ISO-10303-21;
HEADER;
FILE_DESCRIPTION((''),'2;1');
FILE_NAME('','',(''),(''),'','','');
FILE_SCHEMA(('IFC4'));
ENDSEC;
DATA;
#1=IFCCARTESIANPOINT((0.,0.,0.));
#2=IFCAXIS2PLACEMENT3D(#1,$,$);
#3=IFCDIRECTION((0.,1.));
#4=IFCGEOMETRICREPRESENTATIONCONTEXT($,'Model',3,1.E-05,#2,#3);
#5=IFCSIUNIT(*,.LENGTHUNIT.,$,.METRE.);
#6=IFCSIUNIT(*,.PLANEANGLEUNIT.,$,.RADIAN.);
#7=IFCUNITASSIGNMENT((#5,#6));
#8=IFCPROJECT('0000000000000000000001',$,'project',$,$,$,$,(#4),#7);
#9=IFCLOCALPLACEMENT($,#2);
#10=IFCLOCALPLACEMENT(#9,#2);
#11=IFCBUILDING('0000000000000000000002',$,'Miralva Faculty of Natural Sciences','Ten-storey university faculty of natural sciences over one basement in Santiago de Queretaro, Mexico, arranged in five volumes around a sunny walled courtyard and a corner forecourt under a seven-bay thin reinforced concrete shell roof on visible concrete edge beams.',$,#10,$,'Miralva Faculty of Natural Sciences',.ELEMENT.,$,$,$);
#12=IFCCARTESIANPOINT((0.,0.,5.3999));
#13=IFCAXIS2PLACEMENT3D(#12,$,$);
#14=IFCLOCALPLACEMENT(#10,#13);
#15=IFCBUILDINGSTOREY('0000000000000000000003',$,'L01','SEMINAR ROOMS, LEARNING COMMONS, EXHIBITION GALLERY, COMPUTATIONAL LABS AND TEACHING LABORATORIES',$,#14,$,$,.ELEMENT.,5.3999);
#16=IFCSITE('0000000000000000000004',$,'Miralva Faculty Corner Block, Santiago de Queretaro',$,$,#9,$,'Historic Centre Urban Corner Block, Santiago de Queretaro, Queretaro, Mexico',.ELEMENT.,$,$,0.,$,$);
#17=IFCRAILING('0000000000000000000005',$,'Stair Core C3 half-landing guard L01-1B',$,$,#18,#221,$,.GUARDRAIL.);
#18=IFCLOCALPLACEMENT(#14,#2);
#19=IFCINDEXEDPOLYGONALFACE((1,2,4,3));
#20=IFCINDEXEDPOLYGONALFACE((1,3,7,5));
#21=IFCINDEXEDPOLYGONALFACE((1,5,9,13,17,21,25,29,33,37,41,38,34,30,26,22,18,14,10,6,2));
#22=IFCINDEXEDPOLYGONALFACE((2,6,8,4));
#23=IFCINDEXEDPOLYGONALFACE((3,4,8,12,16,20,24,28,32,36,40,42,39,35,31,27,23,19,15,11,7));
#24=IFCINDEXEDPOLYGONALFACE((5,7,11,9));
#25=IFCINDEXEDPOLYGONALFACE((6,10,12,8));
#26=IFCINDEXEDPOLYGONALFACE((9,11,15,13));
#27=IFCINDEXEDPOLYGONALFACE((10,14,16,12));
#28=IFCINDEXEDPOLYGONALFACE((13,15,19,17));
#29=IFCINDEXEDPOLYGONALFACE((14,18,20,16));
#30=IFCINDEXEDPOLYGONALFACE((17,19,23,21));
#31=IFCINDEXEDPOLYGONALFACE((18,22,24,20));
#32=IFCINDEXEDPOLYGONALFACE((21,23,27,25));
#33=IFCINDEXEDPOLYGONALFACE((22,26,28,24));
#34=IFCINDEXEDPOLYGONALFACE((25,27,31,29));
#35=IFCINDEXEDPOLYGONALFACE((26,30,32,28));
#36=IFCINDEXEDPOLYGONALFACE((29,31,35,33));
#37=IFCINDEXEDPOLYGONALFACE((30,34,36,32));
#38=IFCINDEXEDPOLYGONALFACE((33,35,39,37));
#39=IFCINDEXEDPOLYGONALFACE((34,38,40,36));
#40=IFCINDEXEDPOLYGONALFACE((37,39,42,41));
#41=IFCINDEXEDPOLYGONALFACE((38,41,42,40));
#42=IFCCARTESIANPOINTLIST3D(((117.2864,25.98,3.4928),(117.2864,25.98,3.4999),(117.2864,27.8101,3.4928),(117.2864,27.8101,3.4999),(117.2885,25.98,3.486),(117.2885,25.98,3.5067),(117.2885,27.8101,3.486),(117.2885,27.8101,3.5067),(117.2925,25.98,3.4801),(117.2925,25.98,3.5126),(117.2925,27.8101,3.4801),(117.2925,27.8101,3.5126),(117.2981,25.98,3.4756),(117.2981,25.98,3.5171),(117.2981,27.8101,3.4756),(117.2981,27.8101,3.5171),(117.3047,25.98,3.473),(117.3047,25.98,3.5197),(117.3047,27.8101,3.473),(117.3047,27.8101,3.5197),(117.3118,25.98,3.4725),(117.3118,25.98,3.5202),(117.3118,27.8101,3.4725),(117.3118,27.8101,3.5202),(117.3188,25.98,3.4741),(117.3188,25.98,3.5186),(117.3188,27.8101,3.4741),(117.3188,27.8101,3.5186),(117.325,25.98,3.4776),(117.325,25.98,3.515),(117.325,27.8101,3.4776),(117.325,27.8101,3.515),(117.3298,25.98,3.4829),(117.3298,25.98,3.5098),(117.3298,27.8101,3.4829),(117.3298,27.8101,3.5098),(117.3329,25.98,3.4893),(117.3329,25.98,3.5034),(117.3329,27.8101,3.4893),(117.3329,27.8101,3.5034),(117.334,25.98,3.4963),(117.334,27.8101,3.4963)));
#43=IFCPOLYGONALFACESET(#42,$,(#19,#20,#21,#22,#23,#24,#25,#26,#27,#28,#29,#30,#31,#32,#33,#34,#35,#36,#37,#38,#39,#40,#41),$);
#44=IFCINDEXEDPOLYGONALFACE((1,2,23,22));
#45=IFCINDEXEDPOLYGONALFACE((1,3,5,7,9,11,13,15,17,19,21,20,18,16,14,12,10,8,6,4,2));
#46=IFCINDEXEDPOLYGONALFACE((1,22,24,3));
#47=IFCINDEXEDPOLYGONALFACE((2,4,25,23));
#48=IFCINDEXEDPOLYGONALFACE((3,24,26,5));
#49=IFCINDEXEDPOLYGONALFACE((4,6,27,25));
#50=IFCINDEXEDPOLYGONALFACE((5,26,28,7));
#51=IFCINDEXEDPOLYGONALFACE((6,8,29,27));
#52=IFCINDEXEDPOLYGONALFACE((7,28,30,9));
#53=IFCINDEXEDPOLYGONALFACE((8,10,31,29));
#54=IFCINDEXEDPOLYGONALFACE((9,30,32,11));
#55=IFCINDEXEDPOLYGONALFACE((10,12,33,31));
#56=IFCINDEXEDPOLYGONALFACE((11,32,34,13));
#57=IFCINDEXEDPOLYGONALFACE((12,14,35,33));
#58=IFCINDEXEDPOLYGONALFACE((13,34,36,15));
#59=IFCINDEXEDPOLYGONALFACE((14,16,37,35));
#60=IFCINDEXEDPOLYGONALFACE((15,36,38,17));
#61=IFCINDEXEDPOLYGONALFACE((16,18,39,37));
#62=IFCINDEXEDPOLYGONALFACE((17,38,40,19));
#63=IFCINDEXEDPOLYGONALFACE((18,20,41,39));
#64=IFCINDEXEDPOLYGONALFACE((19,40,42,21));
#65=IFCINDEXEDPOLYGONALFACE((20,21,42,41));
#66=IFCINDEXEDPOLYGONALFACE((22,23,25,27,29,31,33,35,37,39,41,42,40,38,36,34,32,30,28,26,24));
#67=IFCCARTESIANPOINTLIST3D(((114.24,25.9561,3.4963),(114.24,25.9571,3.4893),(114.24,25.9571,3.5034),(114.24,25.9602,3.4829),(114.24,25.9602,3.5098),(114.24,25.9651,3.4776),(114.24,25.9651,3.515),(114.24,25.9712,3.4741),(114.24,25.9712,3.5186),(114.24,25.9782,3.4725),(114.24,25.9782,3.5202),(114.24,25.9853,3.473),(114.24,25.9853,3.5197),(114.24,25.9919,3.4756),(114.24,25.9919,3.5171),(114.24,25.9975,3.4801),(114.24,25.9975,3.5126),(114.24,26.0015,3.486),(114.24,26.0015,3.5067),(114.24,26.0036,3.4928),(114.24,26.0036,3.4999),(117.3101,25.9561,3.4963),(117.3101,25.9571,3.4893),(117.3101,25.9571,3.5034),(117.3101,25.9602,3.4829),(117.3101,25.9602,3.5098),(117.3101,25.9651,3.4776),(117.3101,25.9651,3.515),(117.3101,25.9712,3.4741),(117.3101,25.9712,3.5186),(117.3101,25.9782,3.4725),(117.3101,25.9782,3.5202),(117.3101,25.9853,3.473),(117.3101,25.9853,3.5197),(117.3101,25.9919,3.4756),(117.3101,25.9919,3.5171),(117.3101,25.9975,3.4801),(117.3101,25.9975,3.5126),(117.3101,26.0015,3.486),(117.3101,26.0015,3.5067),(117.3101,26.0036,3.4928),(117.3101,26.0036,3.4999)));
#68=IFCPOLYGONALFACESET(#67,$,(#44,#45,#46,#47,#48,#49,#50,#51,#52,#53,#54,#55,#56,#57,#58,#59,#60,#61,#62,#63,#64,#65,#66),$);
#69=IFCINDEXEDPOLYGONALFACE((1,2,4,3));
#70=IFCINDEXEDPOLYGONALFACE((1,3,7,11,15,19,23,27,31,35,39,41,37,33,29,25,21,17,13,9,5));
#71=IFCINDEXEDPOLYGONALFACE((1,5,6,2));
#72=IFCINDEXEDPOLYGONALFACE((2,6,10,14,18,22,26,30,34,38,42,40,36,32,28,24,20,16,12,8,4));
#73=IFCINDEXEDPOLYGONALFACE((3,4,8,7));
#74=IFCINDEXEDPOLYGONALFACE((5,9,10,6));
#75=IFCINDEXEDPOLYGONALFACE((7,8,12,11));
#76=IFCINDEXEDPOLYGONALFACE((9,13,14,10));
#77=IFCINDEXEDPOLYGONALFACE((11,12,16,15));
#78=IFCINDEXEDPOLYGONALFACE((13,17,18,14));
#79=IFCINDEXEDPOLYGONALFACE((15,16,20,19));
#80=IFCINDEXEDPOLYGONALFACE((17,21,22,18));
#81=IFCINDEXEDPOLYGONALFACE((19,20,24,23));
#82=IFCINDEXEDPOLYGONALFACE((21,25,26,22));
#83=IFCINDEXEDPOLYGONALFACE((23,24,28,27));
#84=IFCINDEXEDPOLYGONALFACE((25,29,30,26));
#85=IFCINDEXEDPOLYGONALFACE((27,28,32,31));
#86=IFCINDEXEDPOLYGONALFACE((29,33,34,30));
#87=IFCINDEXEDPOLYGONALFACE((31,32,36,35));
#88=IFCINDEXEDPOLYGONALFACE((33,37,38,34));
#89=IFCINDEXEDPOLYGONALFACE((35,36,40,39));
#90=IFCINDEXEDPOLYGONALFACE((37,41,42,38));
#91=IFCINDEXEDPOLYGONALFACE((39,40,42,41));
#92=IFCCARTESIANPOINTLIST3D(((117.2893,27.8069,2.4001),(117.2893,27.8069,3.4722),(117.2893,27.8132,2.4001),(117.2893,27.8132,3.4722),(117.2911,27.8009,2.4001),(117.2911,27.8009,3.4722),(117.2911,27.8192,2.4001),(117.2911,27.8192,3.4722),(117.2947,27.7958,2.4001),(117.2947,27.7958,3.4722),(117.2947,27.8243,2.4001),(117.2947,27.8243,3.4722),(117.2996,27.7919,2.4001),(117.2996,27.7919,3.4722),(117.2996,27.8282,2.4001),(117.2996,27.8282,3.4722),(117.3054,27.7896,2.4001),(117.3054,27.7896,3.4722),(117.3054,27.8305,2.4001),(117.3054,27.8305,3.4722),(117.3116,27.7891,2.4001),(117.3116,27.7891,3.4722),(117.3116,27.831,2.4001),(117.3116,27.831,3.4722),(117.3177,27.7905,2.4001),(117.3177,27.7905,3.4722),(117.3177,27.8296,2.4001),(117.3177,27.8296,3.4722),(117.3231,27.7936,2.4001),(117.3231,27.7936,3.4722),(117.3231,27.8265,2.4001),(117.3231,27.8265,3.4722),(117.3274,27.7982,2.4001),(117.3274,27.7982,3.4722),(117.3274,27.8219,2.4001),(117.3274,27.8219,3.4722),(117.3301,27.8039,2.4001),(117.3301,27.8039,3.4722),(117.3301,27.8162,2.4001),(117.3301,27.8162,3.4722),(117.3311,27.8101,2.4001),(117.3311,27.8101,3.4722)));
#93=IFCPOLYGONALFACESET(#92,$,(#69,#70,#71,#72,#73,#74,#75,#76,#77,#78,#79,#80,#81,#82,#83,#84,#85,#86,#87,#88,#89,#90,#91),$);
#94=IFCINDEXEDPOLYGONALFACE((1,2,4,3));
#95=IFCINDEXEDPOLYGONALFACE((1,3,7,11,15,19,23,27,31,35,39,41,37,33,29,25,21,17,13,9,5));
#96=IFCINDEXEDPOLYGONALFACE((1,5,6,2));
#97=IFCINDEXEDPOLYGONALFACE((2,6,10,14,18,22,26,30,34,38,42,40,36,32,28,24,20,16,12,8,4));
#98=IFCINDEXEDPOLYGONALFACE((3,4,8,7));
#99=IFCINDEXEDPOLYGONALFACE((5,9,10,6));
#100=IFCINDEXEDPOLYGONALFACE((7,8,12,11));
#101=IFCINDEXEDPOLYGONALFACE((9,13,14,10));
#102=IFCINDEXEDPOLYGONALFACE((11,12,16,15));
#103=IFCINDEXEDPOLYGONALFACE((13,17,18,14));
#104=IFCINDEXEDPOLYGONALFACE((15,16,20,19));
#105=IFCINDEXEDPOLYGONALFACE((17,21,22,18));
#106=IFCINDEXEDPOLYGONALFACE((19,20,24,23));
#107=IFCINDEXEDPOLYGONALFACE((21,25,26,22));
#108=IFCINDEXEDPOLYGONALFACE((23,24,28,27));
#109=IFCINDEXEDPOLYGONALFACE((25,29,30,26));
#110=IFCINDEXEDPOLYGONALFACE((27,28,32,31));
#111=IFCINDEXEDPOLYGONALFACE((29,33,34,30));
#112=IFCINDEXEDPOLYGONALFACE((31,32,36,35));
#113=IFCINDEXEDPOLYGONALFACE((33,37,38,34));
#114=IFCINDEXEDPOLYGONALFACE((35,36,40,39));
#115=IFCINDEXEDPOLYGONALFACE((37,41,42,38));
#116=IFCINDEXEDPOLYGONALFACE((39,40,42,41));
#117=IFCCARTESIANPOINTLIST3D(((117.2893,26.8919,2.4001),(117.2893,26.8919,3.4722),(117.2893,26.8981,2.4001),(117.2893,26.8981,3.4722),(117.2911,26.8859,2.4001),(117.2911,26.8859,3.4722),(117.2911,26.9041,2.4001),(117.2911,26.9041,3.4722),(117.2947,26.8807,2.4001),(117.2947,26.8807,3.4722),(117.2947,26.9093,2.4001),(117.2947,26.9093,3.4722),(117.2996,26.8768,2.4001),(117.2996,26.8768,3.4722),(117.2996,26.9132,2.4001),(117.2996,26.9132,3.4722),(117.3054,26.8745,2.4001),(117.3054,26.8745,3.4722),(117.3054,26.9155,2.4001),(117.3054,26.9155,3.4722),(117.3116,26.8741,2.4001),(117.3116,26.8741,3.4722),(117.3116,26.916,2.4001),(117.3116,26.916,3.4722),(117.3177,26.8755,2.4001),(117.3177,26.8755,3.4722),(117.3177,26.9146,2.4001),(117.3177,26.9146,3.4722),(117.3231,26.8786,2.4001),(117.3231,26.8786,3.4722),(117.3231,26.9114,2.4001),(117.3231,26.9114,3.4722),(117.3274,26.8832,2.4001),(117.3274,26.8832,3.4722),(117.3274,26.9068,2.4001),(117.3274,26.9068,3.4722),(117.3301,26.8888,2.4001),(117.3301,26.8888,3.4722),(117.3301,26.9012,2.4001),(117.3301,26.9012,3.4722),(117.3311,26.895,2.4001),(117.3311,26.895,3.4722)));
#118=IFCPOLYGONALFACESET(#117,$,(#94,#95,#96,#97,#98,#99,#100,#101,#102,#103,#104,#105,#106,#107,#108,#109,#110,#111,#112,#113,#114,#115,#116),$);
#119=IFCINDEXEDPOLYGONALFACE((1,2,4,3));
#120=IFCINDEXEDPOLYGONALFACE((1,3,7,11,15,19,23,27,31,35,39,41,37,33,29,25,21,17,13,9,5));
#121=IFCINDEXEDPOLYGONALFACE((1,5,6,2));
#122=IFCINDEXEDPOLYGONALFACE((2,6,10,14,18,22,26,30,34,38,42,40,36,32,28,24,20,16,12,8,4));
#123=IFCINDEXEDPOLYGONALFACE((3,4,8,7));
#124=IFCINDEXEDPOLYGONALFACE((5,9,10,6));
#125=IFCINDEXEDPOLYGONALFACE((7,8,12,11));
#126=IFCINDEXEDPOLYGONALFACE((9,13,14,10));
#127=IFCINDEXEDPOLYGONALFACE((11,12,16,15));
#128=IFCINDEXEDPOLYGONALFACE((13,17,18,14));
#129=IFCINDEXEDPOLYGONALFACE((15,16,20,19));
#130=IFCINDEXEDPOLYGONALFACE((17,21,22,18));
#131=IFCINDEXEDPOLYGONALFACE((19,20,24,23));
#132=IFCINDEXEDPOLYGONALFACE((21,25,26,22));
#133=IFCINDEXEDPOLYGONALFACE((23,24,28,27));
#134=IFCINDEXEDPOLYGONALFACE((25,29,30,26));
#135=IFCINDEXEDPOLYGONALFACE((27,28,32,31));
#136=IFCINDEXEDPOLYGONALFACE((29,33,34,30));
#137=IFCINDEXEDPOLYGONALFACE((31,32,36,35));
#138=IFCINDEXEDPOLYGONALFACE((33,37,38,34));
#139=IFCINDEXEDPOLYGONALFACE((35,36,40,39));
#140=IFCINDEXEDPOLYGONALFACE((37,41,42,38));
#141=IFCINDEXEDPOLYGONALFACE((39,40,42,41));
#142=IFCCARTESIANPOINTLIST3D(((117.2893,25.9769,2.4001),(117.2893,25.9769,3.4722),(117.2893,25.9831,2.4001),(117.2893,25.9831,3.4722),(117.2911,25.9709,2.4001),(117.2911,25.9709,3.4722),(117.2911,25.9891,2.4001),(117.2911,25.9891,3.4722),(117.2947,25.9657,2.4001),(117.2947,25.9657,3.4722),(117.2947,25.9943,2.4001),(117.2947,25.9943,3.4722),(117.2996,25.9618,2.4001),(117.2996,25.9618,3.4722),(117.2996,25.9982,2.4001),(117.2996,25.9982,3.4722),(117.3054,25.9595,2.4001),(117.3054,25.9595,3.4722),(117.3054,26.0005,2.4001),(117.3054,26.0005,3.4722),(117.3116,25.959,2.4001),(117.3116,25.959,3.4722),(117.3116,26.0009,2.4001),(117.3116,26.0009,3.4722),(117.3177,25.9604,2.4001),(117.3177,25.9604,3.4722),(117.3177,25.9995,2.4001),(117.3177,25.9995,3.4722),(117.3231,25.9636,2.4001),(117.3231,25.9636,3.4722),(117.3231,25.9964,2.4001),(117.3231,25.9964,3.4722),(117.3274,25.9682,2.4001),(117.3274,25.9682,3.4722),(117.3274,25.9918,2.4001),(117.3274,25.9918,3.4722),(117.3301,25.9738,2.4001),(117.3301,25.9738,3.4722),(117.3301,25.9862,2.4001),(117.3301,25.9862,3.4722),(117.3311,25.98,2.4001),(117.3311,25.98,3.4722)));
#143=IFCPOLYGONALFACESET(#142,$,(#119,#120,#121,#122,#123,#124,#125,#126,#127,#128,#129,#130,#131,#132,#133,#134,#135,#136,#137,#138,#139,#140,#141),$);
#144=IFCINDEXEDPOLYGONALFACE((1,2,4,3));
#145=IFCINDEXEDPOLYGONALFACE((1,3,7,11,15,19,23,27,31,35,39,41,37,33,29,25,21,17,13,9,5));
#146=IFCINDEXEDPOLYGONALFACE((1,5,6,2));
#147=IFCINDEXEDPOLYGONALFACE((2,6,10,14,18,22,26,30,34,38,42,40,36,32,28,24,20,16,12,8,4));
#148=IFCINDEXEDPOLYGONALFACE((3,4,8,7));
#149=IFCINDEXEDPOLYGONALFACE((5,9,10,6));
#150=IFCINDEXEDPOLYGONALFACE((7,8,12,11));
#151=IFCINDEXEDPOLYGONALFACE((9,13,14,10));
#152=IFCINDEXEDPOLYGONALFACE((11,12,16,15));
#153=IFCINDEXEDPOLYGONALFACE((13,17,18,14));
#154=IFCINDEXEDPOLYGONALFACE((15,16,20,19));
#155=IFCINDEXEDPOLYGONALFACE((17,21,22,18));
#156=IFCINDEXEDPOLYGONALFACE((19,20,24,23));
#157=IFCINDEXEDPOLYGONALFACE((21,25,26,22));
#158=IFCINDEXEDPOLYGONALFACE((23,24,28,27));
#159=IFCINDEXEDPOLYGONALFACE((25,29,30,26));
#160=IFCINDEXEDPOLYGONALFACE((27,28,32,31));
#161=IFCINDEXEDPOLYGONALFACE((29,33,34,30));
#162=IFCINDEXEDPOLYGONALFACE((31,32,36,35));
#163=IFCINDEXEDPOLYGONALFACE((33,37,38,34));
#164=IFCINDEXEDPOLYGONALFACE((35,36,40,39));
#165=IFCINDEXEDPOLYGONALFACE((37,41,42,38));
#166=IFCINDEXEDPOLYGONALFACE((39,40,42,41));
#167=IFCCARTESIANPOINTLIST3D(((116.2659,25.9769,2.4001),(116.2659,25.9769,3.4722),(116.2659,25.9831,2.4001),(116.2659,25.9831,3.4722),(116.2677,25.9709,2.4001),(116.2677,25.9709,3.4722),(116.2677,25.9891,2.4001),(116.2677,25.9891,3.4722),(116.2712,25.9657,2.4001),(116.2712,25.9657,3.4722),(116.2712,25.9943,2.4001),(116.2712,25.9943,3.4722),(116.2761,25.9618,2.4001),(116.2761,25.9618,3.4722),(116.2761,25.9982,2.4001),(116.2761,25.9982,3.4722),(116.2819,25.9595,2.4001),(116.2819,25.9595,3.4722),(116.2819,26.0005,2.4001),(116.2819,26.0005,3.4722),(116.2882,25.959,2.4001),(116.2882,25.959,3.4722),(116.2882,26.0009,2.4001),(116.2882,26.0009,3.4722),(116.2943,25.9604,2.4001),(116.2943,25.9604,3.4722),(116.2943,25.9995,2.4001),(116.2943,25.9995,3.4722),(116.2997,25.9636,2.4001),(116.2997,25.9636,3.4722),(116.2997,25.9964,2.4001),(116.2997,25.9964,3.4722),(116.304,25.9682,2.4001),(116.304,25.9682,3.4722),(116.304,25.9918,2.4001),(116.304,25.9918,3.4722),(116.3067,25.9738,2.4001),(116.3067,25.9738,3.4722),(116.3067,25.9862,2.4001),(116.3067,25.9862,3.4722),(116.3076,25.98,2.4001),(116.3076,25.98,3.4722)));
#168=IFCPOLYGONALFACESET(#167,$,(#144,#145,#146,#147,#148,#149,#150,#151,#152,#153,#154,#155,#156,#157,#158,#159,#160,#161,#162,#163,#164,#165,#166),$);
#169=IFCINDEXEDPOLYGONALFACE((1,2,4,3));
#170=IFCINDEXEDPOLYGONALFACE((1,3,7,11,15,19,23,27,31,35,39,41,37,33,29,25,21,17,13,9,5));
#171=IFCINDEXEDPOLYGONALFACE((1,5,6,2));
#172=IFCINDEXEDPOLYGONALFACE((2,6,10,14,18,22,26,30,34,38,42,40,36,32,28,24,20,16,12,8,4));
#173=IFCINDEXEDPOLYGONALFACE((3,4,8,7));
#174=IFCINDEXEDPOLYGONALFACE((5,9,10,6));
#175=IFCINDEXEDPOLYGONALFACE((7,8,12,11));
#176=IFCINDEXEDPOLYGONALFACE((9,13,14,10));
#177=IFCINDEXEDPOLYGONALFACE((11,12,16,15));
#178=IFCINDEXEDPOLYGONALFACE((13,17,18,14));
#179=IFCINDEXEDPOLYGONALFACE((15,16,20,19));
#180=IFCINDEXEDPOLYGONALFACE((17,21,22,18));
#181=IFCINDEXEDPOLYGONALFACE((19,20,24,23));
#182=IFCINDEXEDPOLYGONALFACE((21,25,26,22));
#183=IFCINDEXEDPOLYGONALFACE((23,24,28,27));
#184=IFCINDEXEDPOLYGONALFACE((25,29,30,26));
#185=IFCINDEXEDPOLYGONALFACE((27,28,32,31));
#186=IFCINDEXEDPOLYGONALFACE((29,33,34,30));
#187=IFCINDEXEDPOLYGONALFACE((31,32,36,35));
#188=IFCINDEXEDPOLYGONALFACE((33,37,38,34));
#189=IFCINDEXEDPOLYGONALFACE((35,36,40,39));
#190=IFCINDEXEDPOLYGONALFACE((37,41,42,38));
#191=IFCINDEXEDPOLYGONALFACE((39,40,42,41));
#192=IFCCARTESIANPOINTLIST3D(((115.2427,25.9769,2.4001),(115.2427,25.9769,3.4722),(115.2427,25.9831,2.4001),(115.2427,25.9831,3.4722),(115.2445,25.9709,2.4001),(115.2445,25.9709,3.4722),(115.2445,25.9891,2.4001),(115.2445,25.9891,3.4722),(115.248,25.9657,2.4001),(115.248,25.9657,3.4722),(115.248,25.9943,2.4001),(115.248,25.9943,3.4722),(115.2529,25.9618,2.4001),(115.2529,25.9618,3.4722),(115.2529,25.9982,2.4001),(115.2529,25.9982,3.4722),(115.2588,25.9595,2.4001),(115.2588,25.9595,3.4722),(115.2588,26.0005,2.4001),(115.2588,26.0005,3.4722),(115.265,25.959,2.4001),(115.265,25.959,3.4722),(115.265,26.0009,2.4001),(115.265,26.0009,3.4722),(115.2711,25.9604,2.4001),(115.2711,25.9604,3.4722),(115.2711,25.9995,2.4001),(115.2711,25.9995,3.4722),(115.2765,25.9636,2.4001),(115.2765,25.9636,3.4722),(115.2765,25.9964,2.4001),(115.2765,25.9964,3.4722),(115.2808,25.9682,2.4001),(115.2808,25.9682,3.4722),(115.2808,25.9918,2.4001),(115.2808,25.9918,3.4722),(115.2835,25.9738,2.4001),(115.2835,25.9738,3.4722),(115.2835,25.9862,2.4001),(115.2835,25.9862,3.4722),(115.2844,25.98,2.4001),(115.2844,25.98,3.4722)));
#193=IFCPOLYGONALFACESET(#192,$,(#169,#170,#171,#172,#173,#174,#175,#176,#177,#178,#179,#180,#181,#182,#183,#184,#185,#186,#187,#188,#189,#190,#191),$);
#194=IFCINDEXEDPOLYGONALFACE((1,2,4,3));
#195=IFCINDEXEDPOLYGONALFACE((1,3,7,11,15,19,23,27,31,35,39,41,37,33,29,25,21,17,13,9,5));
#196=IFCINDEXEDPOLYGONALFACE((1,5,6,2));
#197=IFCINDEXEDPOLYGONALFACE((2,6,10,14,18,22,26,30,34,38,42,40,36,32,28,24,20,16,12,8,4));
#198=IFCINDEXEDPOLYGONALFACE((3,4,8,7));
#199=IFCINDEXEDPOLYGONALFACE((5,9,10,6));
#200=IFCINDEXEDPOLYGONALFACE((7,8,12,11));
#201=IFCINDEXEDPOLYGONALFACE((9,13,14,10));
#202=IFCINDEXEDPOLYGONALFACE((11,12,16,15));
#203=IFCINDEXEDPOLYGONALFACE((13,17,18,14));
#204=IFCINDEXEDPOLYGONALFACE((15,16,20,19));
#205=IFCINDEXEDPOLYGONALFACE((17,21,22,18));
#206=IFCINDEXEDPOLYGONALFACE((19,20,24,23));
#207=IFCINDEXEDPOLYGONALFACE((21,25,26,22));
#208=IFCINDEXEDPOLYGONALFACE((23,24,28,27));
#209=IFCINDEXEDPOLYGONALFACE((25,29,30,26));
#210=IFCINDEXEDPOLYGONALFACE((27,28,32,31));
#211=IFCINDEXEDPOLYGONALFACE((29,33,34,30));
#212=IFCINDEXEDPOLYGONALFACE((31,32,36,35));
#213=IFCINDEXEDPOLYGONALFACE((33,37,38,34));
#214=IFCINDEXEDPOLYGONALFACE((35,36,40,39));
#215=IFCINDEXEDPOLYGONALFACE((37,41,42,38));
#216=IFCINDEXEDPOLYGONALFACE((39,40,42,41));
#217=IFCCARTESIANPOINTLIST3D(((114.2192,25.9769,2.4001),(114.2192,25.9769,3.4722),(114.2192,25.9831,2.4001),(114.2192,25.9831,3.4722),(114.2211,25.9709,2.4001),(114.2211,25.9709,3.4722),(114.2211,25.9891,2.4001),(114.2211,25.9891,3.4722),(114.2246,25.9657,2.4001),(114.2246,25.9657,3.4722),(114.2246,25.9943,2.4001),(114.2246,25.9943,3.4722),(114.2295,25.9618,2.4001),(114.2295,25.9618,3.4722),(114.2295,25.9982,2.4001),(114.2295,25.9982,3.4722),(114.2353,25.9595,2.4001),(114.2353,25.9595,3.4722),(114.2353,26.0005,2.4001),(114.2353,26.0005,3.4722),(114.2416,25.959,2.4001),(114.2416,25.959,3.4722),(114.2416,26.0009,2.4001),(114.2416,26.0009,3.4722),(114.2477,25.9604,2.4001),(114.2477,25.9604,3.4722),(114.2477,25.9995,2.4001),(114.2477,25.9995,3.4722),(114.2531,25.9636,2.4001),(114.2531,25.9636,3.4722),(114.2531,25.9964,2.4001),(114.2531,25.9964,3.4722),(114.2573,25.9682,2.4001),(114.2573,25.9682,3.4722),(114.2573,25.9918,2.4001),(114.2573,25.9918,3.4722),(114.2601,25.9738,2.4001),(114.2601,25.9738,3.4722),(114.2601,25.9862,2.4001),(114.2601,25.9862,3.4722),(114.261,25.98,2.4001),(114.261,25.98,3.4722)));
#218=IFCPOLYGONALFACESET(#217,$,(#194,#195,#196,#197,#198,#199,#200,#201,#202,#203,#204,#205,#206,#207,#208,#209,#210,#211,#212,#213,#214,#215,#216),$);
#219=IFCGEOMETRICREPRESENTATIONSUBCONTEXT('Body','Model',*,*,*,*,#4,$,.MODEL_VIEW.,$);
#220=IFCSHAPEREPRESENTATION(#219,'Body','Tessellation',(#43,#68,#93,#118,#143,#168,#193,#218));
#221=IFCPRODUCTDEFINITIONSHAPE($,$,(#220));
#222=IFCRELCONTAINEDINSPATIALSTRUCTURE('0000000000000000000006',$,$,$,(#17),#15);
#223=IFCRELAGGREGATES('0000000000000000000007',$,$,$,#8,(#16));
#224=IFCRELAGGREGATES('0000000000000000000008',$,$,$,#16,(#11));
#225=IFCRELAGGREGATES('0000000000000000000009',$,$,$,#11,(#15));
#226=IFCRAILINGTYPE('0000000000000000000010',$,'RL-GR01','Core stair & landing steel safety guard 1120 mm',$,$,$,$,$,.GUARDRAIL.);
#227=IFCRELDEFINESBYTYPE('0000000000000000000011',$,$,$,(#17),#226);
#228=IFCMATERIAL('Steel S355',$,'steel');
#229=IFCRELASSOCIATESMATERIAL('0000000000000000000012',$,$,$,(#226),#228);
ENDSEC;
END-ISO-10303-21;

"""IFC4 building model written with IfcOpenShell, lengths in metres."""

from ifc_helpers import new_model, si_unit, direction, frame, origin, origin_2d, place, context, subcontext, project, spatial, circle, extrude, material, type_object, element, save


model = new_model("IFC4")

# Units and contexts
model_context = context("Model", 3, precision=1e-05, world=origin(), true_north=direction((0.0, 1.0)))
body_context = subcontext(model_context, "Body", "Model", "MODEL_VIEW")
ifc_project = project(units=[si_unit("LENGTHUNIT", "METRE"), si_unit("PLANEANGLEUNIT", "RADIAN")], contexts=[model_context])

# Site, building, storey
site_placement = place(None, origin())
site = spatial("IfcSite", under=ifc_project, at=site_placement, Name="Miralva Faculty Corner Block, Santiago de Queretaro", LongName="Historic Centre Urban Corner Block, Santiago de Queretaro, Queretaro, Mexico", CompositionType="ELEMENT", RefElevation=0.0)
building_placement = place(site_placement, origin())
building = spatial("IfcBuilding", under=site, at=building_placement, Name="Miralva Faculty of Natural Sciences", Description="Ten-storey university faculty of natural sciences over one basement in Santiago de Queretaro, Mexico, arranged in five volumes around a sunny walled courtyard and a corner forecourt under a seven-bay thin reinforced concrete shell roof on visible concrete edge beams.", LongName="Miralva Faculty of Natural Sciences", CompositionType="ELEMENT")
storey_placement = place(building_placement, frame((0.0, 0.0, 5.3999)))
storey = spatial("IfcBuildingStorey", under=building, at=storey_placement, Name="L01", Description="SEMINAR ROOMS, LEARNING COMMONS, EXHIBITION GALLERY, COMPUTATIONAL LABS AND TEACHING LABORATORIES", CompositionType="ELEMENT", Elevation=5.3999)

# Railing
ifc_material_1 = material(Name="Steel S355", Category="steel")
railing_type_1 = type_object("IfcRailingType", Name="RL-GR01", Description="Core stair & landing steel safety guard 1120 mm", PredefinedType="GUARDRAIL", material=ifc_material_1)
railing_1_placement = place(storey_placement, frame((117.3101, 27.8101, 2.4001)))
element("IfcRailing", 1, at=railing_1_placement, inside=storey, type_object=railing_type_1, Name="Stair Core C3 half-landing guard L01-1B", PredefinedType="GUARDRAIL", context=body_context, shape_type="SweptSolid", body=[
    extrude(circle(Radius=0.0239, at=origin_2d()), frame((0.0, 0.0, 1.0962), z_axis=(0.0, -1.0, 0.0), x_axis=(1.0, 0.0, 0.0)), (0.0, 0.0, 1.0), 1.8301),
    extrude(circle(Radius=0.0239, at=origin_2d()), frame((0.0, -1.8301, 1.0962), z_axis=(-1.0, 0.0, 0.0), x_axis=(0.0, -1.0, 0.0)), (0.0, 0.0, 1.0), 3.0701),
    extrude(circle(Radius=0.021, at=origin_2d()), origin(), (0.0, 0.0, 1.0), 1.072),
    extrude(circle(Radius=0.021, at=origin_2d()), frame((0.0, -0.915, 0.0)), (0.0, 0.0, 1.0), 1.072),
    extrude(circle(Radius=0.021, at=origin_2d()), frame((0.0, -1.8301, 0.0)), (0.0, 0.0, 1.0), 1.072),
    extrude(circle(Radius=0.021, at=origin_2d()), frame((-1.0234, -1.8301, 0.0)), (0.0, 0.0, 1.0), 1.072),
    extrude(circle(Radius=0.021, at=origin_2d()), frame((-2.0466, -1.8301, 0.0)), (0.0, 0.0, 1.0), 1.072),
    extrude(circle(Radius=0.021, at=origin_2d()), frame((-3.0701, -1.8301, 0.0)), (0.0, 0.0, 1.0), 1.072),
])

save(model, "model.ifc")
